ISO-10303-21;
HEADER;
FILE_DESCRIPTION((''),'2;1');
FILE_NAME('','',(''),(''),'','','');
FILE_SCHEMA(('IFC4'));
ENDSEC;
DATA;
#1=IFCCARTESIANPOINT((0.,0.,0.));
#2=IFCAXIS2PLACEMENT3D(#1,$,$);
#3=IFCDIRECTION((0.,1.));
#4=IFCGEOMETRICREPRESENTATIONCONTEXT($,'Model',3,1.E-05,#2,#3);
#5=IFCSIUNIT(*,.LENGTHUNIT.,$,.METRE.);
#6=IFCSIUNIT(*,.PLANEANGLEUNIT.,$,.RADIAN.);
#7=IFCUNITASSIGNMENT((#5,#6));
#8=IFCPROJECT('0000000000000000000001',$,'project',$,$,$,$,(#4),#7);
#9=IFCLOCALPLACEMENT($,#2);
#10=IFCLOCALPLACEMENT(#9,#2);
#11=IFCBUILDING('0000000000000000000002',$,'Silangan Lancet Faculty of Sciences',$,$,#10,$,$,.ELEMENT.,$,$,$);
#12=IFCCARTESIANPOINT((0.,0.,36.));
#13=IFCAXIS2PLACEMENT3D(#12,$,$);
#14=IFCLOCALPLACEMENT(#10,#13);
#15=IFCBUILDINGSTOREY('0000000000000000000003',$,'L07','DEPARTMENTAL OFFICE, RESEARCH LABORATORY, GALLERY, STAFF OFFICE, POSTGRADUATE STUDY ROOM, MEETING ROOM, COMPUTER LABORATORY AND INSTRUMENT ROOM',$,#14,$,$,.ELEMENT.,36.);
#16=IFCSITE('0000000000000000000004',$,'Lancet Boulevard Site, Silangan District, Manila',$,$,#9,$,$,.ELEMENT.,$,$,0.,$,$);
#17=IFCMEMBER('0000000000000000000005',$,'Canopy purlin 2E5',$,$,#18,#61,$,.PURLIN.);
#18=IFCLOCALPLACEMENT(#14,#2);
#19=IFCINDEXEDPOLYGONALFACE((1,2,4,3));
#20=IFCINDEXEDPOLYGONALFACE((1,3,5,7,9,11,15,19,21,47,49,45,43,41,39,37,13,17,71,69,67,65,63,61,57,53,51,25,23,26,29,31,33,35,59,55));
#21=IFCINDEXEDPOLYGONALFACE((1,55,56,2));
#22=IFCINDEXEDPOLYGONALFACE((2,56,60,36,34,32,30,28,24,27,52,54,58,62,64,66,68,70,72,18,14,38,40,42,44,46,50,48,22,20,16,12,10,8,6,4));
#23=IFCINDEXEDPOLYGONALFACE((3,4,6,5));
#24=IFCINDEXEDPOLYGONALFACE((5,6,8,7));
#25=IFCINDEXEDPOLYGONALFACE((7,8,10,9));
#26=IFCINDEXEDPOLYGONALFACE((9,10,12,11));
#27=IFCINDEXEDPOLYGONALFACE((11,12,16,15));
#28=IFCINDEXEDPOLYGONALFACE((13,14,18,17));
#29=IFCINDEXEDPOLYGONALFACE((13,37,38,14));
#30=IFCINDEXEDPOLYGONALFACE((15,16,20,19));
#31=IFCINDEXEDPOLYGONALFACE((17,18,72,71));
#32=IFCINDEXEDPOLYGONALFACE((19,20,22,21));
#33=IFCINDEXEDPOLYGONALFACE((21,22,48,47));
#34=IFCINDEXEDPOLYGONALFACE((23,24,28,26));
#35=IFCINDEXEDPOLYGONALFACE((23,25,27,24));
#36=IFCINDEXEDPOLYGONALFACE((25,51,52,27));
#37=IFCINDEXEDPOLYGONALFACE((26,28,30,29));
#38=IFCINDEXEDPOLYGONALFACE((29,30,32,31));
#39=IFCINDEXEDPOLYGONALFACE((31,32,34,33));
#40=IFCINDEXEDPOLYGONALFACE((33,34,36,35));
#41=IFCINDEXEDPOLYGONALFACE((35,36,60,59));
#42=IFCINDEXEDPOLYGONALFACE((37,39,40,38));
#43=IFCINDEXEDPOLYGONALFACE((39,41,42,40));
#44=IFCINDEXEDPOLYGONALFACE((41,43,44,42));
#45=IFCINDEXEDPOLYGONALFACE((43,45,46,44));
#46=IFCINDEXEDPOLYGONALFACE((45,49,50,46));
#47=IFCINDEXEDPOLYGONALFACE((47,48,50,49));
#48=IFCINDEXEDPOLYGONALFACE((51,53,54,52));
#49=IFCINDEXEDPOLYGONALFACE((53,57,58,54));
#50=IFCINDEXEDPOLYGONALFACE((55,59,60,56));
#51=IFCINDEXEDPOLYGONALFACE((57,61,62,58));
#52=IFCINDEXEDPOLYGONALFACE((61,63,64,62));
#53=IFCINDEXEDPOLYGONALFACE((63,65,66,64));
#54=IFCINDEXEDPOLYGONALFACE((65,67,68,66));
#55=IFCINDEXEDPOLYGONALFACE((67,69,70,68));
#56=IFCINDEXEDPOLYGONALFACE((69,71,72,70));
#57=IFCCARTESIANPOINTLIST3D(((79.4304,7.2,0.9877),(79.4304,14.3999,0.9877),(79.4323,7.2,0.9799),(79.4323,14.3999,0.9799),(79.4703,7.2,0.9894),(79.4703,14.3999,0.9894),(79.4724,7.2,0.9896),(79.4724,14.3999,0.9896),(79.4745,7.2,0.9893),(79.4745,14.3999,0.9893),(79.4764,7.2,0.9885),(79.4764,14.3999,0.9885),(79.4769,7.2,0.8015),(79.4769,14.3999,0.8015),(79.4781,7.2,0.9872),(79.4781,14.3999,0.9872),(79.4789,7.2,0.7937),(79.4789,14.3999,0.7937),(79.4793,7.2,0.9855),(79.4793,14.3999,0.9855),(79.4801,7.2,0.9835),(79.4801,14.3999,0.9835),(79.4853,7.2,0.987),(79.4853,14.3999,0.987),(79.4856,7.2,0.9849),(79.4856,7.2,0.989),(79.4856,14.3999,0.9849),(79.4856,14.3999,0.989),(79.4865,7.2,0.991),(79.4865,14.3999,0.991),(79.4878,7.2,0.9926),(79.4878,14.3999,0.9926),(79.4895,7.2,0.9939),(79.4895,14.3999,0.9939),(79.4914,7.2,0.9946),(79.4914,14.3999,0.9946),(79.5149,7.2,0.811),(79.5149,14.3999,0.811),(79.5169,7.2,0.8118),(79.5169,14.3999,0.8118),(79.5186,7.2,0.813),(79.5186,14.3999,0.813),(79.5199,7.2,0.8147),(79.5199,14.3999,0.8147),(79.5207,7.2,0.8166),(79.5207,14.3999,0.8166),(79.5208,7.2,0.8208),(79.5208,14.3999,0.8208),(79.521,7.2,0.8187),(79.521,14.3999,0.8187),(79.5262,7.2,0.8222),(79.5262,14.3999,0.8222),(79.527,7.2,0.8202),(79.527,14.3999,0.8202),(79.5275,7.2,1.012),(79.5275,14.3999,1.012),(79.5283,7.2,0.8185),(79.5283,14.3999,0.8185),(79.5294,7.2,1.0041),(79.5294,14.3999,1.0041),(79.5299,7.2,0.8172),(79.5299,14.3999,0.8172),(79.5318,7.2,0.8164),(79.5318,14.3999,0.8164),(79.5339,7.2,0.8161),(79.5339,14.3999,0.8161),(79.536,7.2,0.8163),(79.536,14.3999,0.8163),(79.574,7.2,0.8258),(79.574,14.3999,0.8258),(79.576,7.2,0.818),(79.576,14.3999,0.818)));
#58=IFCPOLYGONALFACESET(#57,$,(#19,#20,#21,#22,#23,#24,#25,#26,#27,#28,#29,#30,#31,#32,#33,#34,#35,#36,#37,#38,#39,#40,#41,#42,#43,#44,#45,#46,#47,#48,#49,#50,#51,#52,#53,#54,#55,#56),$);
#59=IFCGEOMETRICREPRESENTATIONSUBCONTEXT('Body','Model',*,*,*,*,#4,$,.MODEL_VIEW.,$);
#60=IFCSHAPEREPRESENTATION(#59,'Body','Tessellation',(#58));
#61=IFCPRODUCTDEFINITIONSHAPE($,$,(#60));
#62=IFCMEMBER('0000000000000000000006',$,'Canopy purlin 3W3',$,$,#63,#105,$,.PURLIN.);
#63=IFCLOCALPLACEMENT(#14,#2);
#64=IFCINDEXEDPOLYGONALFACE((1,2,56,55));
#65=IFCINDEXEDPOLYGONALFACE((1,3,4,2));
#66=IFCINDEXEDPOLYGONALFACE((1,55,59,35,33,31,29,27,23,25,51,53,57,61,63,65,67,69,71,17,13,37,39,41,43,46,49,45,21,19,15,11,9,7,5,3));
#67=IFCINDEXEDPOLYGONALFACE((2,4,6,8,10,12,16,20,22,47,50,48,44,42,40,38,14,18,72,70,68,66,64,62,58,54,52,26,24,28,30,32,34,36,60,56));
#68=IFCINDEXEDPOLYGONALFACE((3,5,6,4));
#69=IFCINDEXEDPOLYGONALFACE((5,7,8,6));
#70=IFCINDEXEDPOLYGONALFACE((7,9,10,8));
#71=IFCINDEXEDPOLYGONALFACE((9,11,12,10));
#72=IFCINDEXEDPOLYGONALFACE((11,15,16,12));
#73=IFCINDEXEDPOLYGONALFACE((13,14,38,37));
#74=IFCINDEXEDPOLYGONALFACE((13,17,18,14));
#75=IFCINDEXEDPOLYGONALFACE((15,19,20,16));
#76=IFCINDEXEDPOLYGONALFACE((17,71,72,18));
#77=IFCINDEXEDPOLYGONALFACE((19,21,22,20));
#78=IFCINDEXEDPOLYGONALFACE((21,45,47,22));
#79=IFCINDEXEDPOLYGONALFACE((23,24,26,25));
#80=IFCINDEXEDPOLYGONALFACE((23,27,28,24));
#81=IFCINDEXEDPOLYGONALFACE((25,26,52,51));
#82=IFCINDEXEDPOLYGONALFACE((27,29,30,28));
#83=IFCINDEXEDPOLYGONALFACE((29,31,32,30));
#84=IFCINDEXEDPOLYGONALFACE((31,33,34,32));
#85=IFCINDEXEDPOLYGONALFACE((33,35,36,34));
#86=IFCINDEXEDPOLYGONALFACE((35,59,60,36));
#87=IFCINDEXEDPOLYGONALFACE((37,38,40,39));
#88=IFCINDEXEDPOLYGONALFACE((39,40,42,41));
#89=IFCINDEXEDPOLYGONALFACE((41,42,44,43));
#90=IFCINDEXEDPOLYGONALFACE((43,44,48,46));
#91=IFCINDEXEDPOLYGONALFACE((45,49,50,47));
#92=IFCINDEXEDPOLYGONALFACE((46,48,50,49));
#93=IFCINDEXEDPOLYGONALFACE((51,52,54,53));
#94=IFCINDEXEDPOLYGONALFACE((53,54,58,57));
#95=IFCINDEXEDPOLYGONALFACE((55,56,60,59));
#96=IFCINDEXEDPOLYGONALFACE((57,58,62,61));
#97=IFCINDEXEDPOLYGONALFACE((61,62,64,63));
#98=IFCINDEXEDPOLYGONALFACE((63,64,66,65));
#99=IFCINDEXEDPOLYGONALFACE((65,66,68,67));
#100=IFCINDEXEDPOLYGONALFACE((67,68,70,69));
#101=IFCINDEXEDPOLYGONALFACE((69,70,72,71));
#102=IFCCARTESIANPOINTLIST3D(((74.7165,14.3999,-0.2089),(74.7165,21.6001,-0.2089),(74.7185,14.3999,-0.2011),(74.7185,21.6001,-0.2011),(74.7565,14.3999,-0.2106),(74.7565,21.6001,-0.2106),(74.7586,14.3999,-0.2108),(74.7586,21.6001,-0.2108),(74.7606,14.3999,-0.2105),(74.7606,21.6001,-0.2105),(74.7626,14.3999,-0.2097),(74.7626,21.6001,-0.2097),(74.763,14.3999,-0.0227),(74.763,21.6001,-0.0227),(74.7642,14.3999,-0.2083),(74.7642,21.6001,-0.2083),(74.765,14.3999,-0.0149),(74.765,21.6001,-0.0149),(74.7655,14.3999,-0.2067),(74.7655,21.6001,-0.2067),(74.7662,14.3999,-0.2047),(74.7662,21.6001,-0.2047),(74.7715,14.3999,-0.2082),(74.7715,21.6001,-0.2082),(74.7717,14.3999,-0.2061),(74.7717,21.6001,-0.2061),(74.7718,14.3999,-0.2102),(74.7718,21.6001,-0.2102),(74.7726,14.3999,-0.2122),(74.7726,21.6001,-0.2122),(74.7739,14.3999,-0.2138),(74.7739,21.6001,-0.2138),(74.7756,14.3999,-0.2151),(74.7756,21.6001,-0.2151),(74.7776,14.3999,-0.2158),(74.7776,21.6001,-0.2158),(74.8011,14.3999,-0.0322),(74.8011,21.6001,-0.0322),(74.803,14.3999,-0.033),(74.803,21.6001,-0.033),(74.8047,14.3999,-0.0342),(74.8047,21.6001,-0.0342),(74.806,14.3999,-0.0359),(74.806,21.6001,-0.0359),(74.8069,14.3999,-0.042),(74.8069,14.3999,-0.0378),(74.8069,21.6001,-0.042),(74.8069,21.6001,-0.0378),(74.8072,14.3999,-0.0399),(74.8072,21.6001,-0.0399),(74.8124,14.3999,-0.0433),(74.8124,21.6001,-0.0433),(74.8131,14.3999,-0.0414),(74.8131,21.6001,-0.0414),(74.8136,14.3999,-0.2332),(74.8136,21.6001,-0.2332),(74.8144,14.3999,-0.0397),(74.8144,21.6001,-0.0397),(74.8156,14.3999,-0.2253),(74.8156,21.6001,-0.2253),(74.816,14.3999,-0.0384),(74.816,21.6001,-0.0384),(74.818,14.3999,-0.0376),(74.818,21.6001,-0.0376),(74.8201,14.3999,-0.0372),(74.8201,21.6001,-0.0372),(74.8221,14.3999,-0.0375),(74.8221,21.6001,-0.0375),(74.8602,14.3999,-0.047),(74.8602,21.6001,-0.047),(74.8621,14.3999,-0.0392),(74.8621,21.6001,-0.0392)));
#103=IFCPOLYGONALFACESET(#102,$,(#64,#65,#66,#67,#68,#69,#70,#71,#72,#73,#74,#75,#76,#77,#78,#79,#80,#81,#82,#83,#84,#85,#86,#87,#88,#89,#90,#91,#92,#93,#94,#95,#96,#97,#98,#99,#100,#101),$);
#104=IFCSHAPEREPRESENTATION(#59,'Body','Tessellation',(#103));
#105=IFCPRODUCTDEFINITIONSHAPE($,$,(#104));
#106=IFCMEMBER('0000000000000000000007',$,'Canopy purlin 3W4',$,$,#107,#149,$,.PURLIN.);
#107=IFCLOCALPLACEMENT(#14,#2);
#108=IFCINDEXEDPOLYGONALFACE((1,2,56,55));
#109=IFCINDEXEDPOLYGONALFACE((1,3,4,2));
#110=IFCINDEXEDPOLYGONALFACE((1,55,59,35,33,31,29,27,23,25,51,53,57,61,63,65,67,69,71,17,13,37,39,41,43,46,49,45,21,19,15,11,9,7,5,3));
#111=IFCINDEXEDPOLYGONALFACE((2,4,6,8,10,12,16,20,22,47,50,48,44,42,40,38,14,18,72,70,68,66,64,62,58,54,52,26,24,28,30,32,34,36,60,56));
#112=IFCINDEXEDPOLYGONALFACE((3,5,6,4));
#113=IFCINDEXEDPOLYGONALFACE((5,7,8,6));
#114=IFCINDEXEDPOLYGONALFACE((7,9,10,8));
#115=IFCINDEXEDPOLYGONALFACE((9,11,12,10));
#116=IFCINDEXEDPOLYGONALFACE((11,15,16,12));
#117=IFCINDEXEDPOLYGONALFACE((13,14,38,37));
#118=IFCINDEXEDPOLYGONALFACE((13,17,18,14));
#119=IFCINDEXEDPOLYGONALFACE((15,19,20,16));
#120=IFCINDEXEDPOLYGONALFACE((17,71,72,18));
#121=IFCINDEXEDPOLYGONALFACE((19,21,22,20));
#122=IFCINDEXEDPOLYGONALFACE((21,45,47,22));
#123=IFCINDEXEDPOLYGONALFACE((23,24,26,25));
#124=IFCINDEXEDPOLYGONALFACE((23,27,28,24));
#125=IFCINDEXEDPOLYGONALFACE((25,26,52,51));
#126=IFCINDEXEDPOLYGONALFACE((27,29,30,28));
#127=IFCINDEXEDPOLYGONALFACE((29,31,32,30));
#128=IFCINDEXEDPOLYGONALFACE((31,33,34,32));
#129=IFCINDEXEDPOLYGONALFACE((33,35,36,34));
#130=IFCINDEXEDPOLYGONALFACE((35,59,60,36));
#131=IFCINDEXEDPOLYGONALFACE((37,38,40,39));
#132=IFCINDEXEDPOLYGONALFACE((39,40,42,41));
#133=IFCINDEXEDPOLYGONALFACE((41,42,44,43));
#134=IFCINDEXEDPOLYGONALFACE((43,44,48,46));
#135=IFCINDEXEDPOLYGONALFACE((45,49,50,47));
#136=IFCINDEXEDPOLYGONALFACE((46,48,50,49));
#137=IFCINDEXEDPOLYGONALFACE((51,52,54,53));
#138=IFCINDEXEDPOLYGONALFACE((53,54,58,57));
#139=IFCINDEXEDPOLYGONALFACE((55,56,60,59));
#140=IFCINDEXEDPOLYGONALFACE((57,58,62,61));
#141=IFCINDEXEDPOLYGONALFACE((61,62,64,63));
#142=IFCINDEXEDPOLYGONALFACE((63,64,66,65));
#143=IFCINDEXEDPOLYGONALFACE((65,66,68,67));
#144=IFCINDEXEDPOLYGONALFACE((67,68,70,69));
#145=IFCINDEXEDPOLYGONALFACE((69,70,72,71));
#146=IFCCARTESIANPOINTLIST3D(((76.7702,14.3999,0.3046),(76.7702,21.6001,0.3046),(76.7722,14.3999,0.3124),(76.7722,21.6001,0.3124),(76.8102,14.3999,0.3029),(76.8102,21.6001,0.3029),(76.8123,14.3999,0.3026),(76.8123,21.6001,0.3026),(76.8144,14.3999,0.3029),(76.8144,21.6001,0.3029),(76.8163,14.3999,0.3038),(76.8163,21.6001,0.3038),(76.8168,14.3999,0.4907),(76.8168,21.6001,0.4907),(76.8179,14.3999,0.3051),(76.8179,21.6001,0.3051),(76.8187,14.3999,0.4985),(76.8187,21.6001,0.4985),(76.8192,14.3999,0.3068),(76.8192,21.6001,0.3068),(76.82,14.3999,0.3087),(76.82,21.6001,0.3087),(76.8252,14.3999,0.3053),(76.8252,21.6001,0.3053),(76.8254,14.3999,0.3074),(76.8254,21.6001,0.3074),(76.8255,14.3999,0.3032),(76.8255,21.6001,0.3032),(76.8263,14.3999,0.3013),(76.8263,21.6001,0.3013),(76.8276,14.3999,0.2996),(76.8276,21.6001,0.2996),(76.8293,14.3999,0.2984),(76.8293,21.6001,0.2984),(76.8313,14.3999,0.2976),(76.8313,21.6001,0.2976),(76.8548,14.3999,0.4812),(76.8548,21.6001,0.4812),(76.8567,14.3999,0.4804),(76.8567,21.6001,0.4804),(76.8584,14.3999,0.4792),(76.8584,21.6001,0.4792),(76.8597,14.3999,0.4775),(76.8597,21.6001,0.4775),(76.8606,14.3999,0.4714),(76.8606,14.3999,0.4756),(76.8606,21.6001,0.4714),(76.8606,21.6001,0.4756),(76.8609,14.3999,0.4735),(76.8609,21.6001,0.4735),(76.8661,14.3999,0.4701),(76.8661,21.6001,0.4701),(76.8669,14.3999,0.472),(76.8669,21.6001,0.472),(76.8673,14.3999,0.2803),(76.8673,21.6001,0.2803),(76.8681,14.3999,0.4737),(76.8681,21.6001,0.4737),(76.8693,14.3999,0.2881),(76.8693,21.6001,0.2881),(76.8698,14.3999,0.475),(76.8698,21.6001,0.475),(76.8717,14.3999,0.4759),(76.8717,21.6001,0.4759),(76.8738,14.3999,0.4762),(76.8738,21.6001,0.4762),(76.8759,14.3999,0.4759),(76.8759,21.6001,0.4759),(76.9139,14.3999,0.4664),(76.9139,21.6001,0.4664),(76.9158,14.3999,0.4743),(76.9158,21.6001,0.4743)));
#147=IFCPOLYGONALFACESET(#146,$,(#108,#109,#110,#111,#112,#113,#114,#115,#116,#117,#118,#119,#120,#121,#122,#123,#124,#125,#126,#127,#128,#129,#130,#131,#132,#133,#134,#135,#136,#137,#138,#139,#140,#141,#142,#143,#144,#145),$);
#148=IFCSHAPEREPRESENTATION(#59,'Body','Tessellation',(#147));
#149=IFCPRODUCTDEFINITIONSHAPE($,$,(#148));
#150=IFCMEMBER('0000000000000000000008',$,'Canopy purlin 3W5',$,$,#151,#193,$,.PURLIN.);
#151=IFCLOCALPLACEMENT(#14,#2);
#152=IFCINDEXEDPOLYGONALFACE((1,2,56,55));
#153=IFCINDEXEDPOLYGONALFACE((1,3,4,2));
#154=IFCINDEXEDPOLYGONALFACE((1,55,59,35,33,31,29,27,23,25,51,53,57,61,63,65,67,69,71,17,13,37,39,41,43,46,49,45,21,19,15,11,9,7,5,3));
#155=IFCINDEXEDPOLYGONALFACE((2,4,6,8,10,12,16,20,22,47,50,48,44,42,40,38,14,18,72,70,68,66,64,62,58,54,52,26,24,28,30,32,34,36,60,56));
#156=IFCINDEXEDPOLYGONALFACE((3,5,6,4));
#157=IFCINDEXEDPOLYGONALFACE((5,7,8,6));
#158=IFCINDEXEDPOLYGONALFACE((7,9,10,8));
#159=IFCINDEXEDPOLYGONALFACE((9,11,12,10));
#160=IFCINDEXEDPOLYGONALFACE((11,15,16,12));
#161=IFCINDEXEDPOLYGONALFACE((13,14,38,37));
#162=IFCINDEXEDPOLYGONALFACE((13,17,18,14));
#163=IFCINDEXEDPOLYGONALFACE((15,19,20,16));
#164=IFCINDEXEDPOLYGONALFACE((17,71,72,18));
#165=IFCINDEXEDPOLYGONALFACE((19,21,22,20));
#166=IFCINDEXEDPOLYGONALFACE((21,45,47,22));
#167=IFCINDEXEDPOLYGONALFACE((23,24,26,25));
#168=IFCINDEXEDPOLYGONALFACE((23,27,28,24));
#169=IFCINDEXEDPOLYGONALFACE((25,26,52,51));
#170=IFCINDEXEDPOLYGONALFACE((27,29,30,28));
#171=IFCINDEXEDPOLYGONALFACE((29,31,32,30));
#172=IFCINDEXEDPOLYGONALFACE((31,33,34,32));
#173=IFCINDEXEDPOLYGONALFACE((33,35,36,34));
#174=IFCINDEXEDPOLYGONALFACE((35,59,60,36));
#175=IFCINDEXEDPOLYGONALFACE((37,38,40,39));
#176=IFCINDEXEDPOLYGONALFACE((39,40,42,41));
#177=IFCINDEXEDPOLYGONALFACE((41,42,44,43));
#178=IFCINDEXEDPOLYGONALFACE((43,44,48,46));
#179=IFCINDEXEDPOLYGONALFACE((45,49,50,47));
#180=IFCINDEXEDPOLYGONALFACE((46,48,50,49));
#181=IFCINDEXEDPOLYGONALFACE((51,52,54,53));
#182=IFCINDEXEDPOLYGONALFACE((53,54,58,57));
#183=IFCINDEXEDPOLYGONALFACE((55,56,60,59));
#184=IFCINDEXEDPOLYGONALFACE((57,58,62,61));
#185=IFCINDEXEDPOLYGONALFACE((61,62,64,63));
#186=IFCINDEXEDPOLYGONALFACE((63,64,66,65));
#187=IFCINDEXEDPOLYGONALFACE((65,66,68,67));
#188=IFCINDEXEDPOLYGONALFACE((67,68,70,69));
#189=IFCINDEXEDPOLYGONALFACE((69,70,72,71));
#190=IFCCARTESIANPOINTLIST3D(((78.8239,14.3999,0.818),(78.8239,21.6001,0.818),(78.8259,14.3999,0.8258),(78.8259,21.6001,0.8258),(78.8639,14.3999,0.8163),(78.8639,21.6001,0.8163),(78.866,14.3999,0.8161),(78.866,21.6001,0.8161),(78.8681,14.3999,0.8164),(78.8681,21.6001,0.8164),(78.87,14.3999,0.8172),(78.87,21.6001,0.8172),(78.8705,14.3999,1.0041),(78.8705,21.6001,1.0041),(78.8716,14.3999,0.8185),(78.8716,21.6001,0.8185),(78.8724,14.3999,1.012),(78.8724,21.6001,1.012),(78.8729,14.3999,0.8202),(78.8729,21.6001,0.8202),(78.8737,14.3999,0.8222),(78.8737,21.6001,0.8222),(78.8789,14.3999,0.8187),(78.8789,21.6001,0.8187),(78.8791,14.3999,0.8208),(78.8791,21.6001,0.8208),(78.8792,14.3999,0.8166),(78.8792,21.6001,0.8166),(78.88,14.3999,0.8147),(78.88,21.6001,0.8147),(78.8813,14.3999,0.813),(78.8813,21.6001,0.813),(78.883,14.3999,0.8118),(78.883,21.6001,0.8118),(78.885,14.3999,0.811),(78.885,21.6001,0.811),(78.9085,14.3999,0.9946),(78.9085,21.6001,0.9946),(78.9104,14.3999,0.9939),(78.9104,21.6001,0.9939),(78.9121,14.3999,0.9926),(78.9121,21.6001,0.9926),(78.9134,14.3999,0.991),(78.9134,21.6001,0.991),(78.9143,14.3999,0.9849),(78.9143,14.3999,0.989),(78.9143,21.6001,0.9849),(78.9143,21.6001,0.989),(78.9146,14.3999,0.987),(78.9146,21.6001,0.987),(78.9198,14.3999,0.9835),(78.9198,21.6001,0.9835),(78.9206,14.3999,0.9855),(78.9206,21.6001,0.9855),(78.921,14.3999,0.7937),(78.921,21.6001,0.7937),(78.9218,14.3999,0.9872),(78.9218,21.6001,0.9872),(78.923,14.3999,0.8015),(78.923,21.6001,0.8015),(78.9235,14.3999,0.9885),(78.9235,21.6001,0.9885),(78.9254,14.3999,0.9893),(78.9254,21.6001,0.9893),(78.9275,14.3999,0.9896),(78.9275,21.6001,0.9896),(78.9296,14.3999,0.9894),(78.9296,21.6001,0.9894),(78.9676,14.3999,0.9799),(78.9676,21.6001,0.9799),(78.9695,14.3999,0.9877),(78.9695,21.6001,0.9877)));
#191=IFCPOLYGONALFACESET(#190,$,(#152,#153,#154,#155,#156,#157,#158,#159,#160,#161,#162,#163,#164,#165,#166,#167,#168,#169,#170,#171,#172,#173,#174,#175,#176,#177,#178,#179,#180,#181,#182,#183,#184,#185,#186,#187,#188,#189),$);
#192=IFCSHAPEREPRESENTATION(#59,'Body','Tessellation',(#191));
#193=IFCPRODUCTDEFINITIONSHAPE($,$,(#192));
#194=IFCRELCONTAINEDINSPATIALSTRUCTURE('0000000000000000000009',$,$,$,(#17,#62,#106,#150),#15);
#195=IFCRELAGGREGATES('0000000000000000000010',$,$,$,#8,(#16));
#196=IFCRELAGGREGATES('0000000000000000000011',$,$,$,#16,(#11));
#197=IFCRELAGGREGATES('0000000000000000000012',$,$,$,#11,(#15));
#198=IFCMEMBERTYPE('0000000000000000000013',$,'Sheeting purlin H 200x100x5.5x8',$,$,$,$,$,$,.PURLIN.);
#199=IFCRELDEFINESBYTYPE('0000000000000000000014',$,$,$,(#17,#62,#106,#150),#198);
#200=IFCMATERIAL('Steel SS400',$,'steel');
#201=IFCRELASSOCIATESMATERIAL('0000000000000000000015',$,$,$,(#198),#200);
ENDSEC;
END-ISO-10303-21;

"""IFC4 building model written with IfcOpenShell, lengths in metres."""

from ifc_helpers import new_model, si_unit, direction, frame, origin, origin_2d, place, context, subcontext, project, spatial, i_section, extrude, material, material_profile, profile_set, type_object, element, save


model = new_model("IFC4")

# Units and contexts
model_context = context("Model", 3, precision=1e-05, world=origin(), true_north=direction((0.0, 1.0)))
body_context = subcontext(model_context, "Body", "Model", "MODEL_VIEW")
ifc_project = project(units=[si_unit("LENGTHUNIT", "METRE"), si_unit("PLANEANGLEUNIT", "RADIAN")], contexts=[model_context])

# Site, building, storey
site_placement = place(None, origin())
site = spatial("IfcSite", under=ifc_project, at=site_placement, Name="Lancet Boulevard Site, Silangan District, Manila", CompositionType="ELEMENT", RefElevation=0.0)
building_placement = place(site_placement, origin())
building = spatial("IfcBuilding", under=site, at=building_placement, Name="Silangan Lancet Faculty of Sciences", CompositionType="ELEMENT")
storey_placement = place(building_placement, frame((0.0, 0.0, 36.0)))
storey = spatial("IfcBuildingStorey", under=building, at=storey_placement, Name="L07", Description="DEPARTMENTAL OFFICE, RESEARCH LABORATORY, GALLERY, STAFF OFFICE, POSTGRADUATE STUDY ROOM, MEETING ROOM, COMPUTER LABORATORY AND INSTRUMENT ROOM", CompositionType="ELEMENT", Elevation=36.0)

# Members
ifc_material_1 = material(Name="Steel SS400", Category="steel")
ifc_material_profile_1 = material_profile(ifc_material_1, i_section(OverallWidth=0.1001, OverallDepth=0.2, WebThickness=0.0056, FlangeThickness=0.0081, FilletRadius=0.0081, at=origin_2d()), Name="H 200x100x5.5x8")
ifc_profile_set_1 = profile_set([ifc_material_profile_1], Name="Steel SS400")
member_type_1 = type_object("IfcMemberType", Name="Sheeting purlin H 200x100x5.5x8", PredefinedType="PURLIN", material=ifc_profile_set_1)
for number, where, z_axis, x_axis, name in (
    (1, (79.5032, 7.2, 0.9028), (0.0, 1.0, 0.0), (-0.970143, 0.0, -0.242536), "Canopy purlin 2E5"),
):
    element("IfcMember", number, at=place(storey_placement, frame(where, z_axis=z_axis, x_axis=x_axis)), inside=storey, type_object=member_type_1, Name=name, PredefinedType="PURLIN", context=body_context, shape_type="SweptSolid", body=[
        extrude(i_section(OverallWidth=0.1001, OverallDepth=0.2, WebThickness=0.0056, FlangeThickness=0.0081, FilletRadius=0.0081, at=origin_2d()), origin(), (0.0, 0.0, 1.0), 7.2),
    ])
for number, where, z_axis, x_axis, name in (
    (2, (74.7893, 14.3999, -0.124), (0.0, 1.0, 0.0), (-0.970143, 0.0, 0.242536), "Canopy purlin 3W3"),
    (3, (76.843, 14.3999, 0.3894), (0.0, 1.0, 0.0), (-0.970143, 0.0, 0.242536), "Canopy purlin 3W4"),
    (4, (78.8967, 14.3999, 0.9028), (0.0, 1.0, 0.0), (-0.970143, 0.0, 0.242536), "Canopy purlin 3W5"),
):
    element("IfcMember", number, at=place(storey_placement, frame(where, z_axis=z_axis, x_axis=x_axis)), inside=storey, type_object=member_type_1, Name=name, PredefinedType="PURLIN", context=body_context, shape_type="SweptSolid", body=[
        extrude(i_section(OverallWidth=0.1001, OverallDepth=0.2, WebThickness=0.0056, FlangeThickness=0.0081, FilletRadius=0.0081, at=origin_2d()), origin(), (0.0, 0.0, 1.0), 7.2002),
    ])

save(model, "model.ifc")
